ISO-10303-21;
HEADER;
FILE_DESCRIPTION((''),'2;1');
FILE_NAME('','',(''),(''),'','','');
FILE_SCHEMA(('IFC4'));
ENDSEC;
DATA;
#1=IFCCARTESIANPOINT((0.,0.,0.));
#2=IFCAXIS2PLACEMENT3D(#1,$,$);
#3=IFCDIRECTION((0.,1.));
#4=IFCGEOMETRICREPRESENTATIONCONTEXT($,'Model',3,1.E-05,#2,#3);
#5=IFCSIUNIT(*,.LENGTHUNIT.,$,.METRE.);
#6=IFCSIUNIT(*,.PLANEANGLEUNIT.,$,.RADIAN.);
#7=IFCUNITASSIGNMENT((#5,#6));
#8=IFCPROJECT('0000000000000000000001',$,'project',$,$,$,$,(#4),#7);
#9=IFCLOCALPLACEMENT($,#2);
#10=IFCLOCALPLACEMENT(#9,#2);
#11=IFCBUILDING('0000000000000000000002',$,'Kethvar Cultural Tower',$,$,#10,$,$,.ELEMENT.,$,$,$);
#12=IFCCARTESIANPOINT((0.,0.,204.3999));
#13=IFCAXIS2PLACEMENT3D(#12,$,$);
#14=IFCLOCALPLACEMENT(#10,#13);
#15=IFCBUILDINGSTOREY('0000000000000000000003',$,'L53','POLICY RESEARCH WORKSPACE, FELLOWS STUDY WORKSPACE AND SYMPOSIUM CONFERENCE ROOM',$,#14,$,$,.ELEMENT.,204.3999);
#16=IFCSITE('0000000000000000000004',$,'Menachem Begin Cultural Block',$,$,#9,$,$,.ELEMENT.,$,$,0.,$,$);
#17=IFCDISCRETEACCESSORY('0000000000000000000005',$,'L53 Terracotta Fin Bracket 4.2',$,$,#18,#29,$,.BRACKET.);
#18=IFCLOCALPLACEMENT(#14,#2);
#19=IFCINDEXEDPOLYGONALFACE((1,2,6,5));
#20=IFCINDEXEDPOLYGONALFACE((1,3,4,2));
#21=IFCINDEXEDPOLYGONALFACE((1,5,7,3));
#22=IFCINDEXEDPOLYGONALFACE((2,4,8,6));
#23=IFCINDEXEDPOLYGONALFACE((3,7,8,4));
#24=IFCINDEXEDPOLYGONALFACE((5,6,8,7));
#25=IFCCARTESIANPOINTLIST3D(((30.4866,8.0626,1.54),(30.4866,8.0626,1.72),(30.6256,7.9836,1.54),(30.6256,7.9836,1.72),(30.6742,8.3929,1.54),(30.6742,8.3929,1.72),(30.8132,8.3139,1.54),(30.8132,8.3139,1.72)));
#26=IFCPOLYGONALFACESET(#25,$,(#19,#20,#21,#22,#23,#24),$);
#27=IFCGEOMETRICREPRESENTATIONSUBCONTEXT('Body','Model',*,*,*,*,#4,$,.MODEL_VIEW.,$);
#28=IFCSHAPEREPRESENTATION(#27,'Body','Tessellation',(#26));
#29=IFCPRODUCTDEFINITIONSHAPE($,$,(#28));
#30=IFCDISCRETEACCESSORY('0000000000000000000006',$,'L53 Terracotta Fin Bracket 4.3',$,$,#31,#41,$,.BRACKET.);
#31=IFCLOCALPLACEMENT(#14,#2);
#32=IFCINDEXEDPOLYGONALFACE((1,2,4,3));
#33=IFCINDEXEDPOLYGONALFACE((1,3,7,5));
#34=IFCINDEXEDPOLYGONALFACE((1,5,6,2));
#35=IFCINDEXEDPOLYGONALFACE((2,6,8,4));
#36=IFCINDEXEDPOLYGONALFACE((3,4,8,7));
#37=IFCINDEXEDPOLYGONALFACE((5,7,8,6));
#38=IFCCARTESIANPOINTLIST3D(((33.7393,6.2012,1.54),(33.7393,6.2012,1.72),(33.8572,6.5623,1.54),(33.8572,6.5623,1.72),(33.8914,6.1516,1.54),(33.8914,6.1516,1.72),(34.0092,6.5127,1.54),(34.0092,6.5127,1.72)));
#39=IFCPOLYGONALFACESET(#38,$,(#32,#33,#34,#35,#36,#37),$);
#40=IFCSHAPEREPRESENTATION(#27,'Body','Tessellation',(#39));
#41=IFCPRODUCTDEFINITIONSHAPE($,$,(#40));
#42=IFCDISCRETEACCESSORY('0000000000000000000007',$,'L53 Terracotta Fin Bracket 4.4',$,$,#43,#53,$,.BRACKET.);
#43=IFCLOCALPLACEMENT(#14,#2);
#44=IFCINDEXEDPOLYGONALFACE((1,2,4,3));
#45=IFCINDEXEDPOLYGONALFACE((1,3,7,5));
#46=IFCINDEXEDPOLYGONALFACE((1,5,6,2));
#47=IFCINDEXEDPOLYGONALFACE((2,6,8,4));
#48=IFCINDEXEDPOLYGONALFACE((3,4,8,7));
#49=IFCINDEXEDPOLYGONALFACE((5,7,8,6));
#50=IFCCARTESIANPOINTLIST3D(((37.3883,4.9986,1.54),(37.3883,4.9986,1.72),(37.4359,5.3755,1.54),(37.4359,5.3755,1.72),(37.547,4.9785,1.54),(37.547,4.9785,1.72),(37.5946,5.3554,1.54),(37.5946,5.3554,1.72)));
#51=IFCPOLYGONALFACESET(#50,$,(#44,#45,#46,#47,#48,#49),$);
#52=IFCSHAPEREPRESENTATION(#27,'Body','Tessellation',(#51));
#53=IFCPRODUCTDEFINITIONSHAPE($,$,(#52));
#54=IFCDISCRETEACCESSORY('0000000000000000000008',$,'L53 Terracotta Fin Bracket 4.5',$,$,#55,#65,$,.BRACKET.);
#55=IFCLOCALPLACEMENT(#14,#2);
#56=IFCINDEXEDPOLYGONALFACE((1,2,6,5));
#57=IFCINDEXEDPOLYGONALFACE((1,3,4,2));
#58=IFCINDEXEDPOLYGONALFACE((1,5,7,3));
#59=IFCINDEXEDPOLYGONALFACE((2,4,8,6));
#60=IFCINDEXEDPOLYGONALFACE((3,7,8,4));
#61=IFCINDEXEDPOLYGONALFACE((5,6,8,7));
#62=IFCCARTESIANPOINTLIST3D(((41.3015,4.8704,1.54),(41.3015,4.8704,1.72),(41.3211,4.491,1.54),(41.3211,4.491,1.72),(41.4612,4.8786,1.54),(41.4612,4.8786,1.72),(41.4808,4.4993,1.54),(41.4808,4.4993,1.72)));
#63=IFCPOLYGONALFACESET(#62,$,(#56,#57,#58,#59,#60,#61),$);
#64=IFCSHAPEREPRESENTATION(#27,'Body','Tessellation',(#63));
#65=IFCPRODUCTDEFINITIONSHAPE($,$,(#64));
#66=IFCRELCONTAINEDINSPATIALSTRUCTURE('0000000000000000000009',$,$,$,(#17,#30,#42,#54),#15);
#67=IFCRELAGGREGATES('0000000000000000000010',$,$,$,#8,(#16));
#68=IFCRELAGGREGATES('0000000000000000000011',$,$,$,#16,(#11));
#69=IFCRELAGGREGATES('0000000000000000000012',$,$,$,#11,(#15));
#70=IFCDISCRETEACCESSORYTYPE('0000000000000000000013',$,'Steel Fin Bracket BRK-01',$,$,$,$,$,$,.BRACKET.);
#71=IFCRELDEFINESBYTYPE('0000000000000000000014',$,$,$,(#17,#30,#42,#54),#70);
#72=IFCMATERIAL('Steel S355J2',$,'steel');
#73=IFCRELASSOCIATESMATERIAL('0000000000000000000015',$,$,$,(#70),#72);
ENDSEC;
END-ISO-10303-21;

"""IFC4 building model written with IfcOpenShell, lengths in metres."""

from ifc_helpers import new_model, si_unit, direction, frame, origin, origin_2d, place, context, subcontext, project, spatial, rectangle, extrude, source, transform, mapped, material, type_object, element, save


model = new_model("IFC4")

# Units and contexts
model_context = context("Model", 3, precision=1e-05, world=origin(), true_north=direction((0.0, 1.0)))
body_context = subcontext(model_context, "Body", "Model", "MODEL_VIEW")
ifc_project = project(units=[si_unit("LENGTHUNIT", "METRE"), si_unit("PLANEANGLEUNIT", "RADIAN")], contexts=[model_context])

# Site, building, storey
site_placement = place(None, origin())
site = spatial("IfcSite", under=ifc_project, at=site_placement, Name="Menachem Begin Cultural Block", CompositionType="ELEMENT", RefElevation=0.0)
building_placement = place(site_placement, origin())
building = spatial("IfcBuilding", under=site, at=building_placement, Name="Kethvar Cultural Tower", CompositionType="ELEMENT")
storey_placement = place(building_placement, frame((0.0, 0.0, 204.3999)))
storey = spatial("IfcBuildingStorey", under=building, at=storey_placement, Name="L53", Description="POLICY RESEARCH WORKSPACE, FELLOWS STUDY WORKSPACE AND SYMPOSIUM CONFERENCE ROOM", CompositionType="ELEMENT", Elevation=204.3999)

# Shared definitions
ifc_material_1 = material(Name="Steel S355J2", Category="steel")

# Discrete accessories
discrete_accessory_type = type_object("IfcDiscreteAccessoryType", Name="Steel Fin Bracket BRK-01", PredefinedType="BRACKET", material=ifc_material_1)
shared_shape_1 = source(origin(), body_context, "Body", "SweptSolid", [
    extrude(rectangle(XDim=0.3799, YDim=0.1599, at=origin_2d()), origin(), (0.0, 0.0, 1.0), 0.1799),
])
for number, where, z_axis, x_axis, name in (
    (1, (30.6499, 8.1882, 1.54), (0.0, 0.0, 1.0), (-0.493942, -0.869495, 0.0), "L53 Terracotta Fin Bracket 4.2"),
    (2, (33.8743, 6.3569, 1.54), (0.0, 0.0, 1.0), (-0.310179, -0.950678, 0.0), "L53 Terracotta Fin Bracket 4.3"),
    (3, (37.4915, 5.177, 1.54), (0.0, 0.0, 1.0), (-0.125333, -0.992115, 0.0), "L53 Terracotta Fin Bracket 4.4"),
    (4, (41.3911, 4.6848, 1.54), (0.0, 0.0, 1.0), (0.051639, -0.998666, 0.0), "L53 Terracotta Fin Bracket 4.5"),
):
    element("IfcDiscreteAccessory", number, at=place(storey_placement, frame(where, z_axis=z_axis, x_axis=x_axis)), inside=storey, type_object=discrete_accessory_type, Name=name, PredefinedType="BRACKET", context=body_context, shape_type="MappedRepresentation", body=[
        mapped(shared_shape_1, transform((0.0, 0.0, 0.0), scale=1.0)),
    ])

save(model, "model.ifc")
